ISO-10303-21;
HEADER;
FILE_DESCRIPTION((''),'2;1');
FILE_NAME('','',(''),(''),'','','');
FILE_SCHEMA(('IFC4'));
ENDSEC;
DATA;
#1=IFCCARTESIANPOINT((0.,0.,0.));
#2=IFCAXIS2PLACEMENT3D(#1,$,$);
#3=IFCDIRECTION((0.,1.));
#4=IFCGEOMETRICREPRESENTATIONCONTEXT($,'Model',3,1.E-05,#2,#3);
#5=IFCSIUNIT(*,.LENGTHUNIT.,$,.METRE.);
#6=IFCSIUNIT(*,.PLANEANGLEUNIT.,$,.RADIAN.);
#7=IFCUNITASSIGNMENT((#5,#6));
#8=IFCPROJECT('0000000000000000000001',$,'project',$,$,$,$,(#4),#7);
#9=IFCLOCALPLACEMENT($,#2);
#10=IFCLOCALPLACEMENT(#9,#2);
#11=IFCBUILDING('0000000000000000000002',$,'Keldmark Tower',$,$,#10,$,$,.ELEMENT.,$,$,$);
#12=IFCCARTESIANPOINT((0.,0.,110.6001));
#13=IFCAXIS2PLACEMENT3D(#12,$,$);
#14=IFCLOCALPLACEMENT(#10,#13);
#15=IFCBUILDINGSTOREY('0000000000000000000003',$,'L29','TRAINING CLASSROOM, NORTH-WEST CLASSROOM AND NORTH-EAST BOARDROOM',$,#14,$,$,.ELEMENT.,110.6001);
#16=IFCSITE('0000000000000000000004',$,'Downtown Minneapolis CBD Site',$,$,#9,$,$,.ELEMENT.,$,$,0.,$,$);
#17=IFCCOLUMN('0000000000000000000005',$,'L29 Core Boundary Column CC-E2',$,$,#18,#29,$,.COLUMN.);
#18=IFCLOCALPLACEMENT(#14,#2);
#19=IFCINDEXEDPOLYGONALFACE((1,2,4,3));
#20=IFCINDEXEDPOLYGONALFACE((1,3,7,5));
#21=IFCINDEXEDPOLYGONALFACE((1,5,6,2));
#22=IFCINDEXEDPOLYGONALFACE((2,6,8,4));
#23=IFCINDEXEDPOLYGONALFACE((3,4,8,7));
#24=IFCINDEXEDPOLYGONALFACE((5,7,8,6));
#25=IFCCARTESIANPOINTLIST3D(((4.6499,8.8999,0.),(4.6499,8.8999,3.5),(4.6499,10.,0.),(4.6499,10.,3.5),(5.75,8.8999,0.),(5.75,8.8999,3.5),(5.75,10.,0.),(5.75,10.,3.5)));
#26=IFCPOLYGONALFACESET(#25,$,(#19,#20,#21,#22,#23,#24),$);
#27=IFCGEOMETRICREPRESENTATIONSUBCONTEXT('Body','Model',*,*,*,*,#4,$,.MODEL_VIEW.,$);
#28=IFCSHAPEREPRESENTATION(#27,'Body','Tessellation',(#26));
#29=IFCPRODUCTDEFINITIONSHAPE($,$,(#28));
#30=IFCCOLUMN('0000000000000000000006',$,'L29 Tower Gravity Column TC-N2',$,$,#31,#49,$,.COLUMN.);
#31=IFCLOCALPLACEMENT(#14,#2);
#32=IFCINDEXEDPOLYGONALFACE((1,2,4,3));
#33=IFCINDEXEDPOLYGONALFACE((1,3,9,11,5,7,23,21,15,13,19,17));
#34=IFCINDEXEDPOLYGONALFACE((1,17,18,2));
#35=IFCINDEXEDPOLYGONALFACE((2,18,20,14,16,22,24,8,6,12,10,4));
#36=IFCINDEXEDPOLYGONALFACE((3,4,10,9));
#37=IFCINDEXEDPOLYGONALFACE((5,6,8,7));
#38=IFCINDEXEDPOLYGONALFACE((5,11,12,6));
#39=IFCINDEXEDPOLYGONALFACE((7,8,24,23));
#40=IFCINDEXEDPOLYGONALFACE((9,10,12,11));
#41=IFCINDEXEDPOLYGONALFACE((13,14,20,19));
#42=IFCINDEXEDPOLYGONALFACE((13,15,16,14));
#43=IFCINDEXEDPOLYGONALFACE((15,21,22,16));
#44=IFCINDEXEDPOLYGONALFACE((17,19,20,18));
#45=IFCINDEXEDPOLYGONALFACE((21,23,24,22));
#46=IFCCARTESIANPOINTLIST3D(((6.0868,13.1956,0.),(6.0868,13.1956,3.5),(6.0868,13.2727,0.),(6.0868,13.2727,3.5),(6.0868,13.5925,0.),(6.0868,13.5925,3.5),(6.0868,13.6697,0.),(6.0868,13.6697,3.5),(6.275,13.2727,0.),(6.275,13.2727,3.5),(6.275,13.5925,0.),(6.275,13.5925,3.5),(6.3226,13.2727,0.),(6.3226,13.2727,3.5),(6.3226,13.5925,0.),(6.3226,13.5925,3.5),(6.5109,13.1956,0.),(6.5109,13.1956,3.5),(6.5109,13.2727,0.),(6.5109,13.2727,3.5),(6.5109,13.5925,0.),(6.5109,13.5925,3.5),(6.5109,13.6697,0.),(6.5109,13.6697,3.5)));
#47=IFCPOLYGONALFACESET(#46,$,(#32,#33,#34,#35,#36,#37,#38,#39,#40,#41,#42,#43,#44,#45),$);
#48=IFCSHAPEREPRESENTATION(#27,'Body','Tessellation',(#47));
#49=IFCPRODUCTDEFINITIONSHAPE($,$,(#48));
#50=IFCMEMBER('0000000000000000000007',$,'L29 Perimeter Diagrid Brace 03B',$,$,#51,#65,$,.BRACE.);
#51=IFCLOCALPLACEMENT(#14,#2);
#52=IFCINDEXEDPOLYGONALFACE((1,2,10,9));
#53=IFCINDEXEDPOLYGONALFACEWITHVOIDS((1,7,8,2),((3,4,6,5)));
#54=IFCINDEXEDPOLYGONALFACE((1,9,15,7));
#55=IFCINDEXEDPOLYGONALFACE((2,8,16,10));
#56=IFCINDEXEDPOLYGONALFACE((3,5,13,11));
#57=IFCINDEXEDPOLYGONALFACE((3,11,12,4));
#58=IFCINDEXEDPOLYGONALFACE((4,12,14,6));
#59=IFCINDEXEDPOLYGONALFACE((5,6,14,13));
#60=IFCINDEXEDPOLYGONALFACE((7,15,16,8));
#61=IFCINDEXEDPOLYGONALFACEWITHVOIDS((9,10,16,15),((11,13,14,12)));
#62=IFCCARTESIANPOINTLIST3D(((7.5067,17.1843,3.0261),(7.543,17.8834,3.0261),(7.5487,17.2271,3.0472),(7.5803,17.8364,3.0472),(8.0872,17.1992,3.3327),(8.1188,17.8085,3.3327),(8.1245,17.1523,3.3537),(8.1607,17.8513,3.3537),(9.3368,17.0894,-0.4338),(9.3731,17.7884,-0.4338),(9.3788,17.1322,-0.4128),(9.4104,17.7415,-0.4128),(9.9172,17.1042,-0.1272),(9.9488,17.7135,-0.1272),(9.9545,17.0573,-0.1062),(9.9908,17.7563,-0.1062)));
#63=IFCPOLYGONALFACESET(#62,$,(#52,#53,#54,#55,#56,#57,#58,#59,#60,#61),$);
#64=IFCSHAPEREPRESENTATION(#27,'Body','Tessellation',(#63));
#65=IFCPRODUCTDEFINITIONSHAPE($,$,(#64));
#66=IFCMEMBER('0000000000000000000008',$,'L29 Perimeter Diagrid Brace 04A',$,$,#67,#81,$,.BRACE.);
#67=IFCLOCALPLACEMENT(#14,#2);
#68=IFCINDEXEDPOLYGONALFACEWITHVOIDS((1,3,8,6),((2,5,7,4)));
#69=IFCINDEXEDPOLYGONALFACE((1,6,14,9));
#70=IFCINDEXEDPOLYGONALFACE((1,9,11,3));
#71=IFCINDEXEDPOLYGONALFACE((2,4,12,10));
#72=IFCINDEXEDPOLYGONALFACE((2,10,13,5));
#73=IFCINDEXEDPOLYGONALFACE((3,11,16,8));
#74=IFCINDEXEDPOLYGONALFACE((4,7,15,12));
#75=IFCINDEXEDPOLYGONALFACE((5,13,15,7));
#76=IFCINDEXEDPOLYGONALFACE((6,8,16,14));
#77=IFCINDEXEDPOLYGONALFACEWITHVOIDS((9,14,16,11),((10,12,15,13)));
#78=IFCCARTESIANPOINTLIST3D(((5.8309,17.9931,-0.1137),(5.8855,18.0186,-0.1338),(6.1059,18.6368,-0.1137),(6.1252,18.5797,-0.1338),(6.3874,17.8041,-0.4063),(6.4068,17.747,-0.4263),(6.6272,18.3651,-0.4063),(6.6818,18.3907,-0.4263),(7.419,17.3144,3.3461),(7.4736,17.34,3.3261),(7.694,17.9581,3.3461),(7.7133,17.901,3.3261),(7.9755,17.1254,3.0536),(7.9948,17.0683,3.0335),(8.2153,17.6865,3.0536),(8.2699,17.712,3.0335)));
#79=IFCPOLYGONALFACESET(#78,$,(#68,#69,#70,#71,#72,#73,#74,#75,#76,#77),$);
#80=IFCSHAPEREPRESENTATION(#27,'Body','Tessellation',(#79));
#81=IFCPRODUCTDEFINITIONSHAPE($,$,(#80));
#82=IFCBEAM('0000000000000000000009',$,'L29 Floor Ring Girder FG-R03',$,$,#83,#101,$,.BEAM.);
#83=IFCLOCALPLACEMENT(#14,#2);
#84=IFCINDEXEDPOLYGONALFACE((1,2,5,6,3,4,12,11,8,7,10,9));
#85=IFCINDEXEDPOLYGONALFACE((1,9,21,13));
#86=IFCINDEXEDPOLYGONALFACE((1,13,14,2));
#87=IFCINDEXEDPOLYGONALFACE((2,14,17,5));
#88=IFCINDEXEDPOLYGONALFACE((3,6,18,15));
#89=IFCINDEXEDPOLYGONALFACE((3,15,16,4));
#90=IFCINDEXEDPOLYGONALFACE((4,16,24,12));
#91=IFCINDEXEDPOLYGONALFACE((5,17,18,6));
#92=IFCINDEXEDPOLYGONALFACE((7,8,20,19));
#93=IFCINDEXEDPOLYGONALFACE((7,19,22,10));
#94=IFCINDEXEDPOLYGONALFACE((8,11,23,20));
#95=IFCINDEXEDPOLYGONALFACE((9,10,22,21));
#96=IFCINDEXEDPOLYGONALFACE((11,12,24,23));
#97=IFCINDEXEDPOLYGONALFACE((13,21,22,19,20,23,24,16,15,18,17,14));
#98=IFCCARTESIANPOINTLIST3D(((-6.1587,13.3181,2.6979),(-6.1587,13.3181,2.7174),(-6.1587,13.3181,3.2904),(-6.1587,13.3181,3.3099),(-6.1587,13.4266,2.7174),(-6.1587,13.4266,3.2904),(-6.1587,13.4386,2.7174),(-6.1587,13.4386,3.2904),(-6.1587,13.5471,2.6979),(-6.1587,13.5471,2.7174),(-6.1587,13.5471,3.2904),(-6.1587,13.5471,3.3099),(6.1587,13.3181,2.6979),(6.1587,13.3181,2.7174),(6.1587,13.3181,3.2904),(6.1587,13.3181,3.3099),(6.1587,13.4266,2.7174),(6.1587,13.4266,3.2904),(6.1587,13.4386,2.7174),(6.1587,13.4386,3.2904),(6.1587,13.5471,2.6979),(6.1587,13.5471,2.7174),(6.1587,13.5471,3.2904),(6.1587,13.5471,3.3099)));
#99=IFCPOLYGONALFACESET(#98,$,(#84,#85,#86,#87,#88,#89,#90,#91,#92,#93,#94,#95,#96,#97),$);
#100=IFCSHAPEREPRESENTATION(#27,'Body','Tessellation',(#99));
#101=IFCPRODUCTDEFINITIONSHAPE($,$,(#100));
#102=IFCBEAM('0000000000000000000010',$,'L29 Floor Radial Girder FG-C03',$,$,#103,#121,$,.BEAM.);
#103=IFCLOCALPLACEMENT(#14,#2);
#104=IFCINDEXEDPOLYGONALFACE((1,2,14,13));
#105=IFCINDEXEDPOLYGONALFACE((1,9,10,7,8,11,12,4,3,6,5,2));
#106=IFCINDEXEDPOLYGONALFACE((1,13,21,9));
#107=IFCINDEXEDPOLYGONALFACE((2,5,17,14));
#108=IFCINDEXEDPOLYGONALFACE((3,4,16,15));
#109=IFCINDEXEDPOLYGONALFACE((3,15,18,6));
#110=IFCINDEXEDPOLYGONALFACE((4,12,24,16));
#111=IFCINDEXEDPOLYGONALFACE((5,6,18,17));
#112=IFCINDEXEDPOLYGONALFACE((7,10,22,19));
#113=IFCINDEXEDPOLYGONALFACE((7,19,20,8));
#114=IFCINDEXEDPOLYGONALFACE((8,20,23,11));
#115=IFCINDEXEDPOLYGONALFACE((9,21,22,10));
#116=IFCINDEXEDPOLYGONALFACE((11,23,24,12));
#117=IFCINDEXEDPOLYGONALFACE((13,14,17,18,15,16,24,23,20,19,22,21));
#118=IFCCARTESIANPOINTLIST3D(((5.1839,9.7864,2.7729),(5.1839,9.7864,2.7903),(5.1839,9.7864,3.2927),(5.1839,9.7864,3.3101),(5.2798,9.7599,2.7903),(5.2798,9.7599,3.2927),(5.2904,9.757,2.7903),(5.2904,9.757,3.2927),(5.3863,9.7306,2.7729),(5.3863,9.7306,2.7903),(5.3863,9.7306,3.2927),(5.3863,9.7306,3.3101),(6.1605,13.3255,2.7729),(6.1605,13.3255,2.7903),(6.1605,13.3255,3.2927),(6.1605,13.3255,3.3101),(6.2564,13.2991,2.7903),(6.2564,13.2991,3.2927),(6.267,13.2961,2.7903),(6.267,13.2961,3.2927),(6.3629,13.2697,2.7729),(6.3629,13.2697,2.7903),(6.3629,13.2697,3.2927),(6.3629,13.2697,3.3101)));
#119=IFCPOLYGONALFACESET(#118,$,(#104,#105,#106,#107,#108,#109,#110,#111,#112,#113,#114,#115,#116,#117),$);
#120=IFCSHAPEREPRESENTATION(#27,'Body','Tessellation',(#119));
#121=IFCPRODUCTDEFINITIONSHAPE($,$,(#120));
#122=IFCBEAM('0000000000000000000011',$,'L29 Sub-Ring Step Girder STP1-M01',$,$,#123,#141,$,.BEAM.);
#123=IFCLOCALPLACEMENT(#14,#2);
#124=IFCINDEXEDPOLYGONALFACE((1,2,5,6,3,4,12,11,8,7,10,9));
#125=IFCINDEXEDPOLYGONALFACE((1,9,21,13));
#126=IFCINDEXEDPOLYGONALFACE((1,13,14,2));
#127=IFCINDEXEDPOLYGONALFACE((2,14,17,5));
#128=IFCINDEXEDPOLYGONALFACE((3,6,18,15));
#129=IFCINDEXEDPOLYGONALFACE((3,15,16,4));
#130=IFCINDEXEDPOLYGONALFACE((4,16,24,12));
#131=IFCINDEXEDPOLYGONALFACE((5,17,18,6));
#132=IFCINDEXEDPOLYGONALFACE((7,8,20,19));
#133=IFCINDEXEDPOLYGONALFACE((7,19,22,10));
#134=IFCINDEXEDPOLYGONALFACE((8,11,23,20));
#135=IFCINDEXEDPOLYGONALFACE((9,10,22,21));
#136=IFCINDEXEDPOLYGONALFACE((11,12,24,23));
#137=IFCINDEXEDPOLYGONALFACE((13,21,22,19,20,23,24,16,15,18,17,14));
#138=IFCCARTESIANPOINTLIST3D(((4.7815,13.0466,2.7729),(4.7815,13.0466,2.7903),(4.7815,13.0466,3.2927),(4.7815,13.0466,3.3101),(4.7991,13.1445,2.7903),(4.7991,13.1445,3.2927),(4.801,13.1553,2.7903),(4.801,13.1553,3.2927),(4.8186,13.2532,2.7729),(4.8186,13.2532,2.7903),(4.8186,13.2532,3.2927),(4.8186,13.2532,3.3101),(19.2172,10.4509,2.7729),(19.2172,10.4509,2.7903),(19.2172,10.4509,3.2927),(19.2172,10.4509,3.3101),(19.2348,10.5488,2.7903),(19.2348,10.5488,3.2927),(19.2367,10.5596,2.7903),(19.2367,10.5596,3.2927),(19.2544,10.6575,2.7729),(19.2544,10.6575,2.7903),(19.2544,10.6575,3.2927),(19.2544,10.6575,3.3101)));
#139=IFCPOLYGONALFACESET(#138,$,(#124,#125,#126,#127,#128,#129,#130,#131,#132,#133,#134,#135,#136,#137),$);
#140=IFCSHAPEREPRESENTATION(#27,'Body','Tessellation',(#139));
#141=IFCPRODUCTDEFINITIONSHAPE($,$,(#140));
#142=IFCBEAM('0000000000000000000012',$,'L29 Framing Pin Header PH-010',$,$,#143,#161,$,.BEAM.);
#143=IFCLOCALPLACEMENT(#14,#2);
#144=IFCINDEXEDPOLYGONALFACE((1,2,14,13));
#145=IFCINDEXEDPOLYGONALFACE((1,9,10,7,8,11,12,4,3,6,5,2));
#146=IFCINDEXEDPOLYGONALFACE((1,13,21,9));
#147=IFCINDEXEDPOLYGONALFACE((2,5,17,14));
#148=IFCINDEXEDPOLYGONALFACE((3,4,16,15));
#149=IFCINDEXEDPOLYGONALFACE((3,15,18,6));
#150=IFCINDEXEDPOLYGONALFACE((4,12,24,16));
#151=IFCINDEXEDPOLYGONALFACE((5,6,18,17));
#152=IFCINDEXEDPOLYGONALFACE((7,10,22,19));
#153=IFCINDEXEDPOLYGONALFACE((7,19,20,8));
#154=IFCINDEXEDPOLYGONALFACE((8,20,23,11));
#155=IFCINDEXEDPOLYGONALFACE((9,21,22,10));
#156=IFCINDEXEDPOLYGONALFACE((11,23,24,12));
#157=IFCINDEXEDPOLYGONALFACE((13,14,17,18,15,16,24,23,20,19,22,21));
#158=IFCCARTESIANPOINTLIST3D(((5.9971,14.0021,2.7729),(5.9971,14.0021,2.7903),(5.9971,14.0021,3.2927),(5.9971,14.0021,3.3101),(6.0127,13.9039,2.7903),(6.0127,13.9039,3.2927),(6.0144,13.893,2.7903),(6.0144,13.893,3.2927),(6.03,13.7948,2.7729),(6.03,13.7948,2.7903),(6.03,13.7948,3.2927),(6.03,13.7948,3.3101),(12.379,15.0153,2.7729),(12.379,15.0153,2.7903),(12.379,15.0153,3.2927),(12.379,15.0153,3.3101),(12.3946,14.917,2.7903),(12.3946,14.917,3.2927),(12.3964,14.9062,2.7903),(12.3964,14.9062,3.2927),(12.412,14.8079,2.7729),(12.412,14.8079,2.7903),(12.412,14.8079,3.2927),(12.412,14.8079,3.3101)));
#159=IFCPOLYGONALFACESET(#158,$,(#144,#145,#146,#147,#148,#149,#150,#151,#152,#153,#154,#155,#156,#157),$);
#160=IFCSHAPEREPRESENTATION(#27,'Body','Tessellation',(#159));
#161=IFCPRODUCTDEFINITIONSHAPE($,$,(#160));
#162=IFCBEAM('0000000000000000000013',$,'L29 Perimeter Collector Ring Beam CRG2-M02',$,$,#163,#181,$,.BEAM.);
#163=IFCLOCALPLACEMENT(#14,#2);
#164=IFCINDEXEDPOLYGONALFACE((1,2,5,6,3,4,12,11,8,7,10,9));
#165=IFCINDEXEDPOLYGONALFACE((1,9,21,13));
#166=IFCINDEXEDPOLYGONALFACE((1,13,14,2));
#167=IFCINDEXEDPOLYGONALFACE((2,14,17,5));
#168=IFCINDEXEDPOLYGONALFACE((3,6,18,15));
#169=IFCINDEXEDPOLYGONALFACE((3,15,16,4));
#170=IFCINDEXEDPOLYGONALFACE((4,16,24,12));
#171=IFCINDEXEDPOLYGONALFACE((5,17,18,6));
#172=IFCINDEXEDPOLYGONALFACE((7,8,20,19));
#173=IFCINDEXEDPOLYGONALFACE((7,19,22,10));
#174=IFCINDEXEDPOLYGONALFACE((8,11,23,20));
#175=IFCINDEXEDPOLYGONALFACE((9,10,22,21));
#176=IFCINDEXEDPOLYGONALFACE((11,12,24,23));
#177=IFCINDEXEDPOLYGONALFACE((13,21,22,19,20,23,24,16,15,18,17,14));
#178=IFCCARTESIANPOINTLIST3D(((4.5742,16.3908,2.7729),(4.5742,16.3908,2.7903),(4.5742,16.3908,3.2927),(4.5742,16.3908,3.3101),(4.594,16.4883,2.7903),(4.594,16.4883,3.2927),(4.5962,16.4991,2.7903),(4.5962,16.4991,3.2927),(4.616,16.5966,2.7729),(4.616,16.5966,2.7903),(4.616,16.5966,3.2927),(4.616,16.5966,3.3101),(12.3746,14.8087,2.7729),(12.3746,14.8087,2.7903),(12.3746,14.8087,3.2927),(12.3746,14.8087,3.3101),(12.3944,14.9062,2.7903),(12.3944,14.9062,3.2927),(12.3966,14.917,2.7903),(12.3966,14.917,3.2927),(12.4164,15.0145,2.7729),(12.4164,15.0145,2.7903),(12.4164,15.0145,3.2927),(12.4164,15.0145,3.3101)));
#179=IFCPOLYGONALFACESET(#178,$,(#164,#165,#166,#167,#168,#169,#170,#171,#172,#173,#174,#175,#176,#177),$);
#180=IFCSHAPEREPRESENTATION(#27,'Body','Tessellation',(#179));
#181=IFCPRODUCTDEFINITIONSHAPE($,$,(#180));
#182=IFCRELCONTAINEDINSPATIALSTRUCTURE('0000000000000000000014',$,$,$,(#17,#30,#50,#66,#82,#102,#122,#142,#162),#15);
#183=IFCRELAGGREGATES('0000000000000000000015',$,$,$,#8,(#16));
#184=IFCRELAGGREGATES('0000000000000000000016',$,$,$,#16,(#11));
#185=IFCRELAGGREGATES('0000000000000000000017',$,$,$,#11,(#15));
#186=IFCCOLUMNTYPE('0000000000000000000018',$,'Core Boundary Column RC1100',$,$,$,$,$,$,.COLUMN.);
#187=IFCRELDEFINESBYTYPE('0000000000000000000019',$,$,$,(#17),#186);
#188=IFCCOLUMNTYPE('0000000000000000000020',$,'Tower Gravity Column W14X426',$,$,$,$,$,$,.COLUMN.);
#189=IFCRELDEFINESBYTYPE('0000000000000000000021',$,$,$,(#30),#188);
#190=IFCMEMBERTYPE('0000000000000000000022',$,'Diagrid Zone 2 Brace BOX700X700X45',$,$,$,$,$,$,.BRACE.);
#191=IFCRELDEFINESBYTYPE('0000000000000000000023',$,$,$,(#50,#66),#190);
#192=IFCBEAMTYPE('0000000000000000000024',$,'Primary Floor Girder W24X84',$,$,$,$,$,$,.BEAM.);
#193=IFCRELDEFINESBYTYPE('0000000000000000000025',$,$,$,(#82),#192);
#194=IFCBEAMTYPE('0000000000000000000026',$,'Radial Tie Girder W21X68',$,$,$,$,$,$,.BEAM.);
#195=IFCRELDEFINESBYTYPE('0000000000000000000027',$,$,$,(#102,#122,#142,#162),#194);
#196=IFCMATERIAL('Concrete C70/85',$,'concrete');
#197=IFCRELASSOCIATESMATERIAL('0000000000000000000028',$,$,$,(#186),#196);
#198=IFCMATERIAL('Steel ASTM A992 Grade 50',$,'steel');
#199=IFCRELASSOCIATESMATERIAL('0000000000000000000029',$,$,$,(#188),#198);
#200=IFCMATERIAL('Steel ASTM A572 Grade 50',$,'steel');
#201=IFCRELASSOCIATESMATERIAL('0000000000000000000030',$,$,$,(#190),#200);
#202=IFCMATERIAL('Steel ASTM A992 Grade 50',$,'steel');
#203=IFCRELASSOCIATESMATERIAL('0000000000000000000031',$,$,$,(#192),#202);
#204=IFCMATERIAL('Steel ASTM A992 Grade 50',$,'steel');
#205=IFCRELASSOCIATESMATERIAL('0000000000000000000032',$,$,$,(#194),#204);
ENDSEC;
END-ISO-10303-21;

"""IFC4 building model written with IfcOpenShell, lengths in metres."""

from ifc_helpers import new_model, si_unit, direction, frame, origin, origin_2d, place, context, subcontext, project, spatial, rectangle, hollow_rectangle, i_section, extrude, material, material_profile, profile_set, type_object, element, save


model = new_model("IFC4")

# Units and contexts
model_context = context("Model", 3, precision=1e-05, world=origin(), true_north=direction((0.0, 1.0)))
body_context = subcontext(model_context, "Body", "Model", "MODEL_VIEW")
ifc_project = project(units=[si_unit("LENGTHUNIT", "METRE"), si_unit("PLANEANGLEUNIT", "RADIAN")], contexts=[model_context])

# Site, building, storey
site_placement = place(None, origin())
site = spatial("IfcSite", under=ifc_project, at=site_placement, Name="Downtown Minneapolis CBD Site", CompositionType="ELEMENT", RefElevation=0.0)
building_placement = place(site_placement, origin())
building = spatial("IfcBuilding", under=site, at=building_placement, Name="Keldmark Tower", CompositionType="ELEMENT")
storey_placement = place(building_placement, frame((0.0, 0.0, 110.6001)))
storey = spatial("IfcBuildingStorey", under=building, at=storey_placement, Name="L29", Description="TRAINING CLASSROOM, NORTH-WEST CLASSROOM AND NORTH-EAST BOARDROOM", CompositionType="ELEMENT", Elevation=110.6001)

# Columns
ifc_material_1 = material(Name="Concrete C70/85", Category="concrete")
ifc_material_profile_1 = material_profile(ifc_material_1, rectangle(XDim=1.1001, YDim=1.1001, at=origin_2d()), Name="RC1100X1100")
ifc_profile_set_1 = profile_set([ifc_material_profile_1], Name="Concrete C70/85")
column_type_1 = type_object("IfcColumnType", Name="Core Boundary Column RC1100", PredefinedType="COLUMN", material=ifc_profile_set_1)
column_1_placement = place(storey_placement, frame((5.2, 9.45, 0.0), z_axis=(0.0, 0.0, 1.0), x_axis=(1.0, 0.0, 0.0)))
element("IfcColumn", 1, at=column_1_placement, inside=storey, type_object=column_type_1, Name="L29 Core Boundary Column CC-E2", PredefinedType="COLUMN", context=body_context, shape_type="SweptSolid", body=[
    extrude(rectangle(XDim=1.1001, YDim=1.1001, at=origin_2d()), origin(), (0.0, 0.0, 1.0), 3.5),
])
ifc_material_2 = material(Name="Steel ASTM A992 Grade 50", Category="steel")
ifc_material_profile_2 = material_profile(ifc_material_2, i_section(OverallWidth=0.4241, OverallDepth=0.4741, WebThickness=0.0476, FlangeThickness=0.0771, at=origin_2d()), Name="W14X426")
ifc_profile_set_2 = profile_set([ifc_material_profile_2], Name="Steel ASTM A992 Grade 50")
column_type_2 = type_object("IfcColumnType", Name="Tower Gravity Column W14X426", PredefinedType="COLUMN", material=ifc_profile_set_2)
column_2_placement = place(storey_placement, frame((6.2988, 13.4326, 0.0), z_axis=(0.0, 0.0, 1.0), x_axis=(1.0, 0.0, 0.0)))
element("IfcColumn", 2, at=column_2_placement, inside=storey, type_object=column_type_2, Name="L29 Tower Gravity Column TC-N2", PredefinedType="COLUMN", context=body_context, shape_type="SweptSolid", body=[
    extrude(i_section(OverallWidth=0.4241, OverallDepth=0.4741, WebThickness=0.0476, FlangeThickness=0.0771, at=origin_2d()), origin(), (0.0, 0.0, 1.0), 3.5),
])

# Members
ifc_material_3 = material(Name="Steel ASTM A572 Grade 50", Category="steel")
ifc_material_profile_3 = material_profile(ifc_material_3, hollow_rectangle(XDim=0.7, YDim=0.7, WallThickness=0.0449, at=origin_2d()), Name="BOX700X700X45")
ifc_profile_set_3 = profile_set([ifc_material_profile_3], Name="Steel ASTM A572 Grade 50")
member_type = type_object("IfcMemberType", Name="Diagrid Zone 2 Brace BOX700X700X45", PredefinedType="BRACE", material=ifc_profile_set_3)
member_1_placement = place(storey_placement, frame((9.6638, 17.4229, -0.27), z_axis=(-0.467418, 0.024256, 0.883704), x_axis=(-0.051825, -0.998656, 0.0)))
element("IfcMember", 3, at=member_1_placement, inside=storey, type_object=member_type, Name="L29 Perimeter Diagrid Brace 03B", PredefinedType="BRACE", context=body_context, shape_type="SweptSolid", body=[
    extrude(hollow_rectangle(XDim=0.7, YDim=0.7, WallThickness=0.0449, at=origin_2d()), origin(), (0.0, 0.0, 1.0), 3.9153),
])
member_2_placement = place(storey_placement, frame((6.2563, 18.1919, -0.27), z_axis=(0.410683, -0.175511, 0.894727), x_axis=(0.392981, 0.919547, 0.0)))
element("IfcMember", 4, at=member_2_placement, inside=storey, type_object=member_type, Name="L29 Perimeter Diagrid Brace 04A", PredefinedType="BRACE", context=body_context, shape_type="SweptSolid", body=[
    extrude(hollow_rectangle(XDim=0.7, YDim=0.7, WallThickness=0.0449, at=origin_2d()), origin(), (0.0, 0.0, 1.0), 3.8669),
])

# Beams
ifc_material_4 = material(Name="Steel ASTM A992 Grade 50", Category="steel")
ifc_material_profile_4 = material_profile(ifc_material_4, i_section(OverallWidth=0.229, OverallDepth=0.6121, WebThickness=0.012, FlangeThickness=0.0195, at=origin_2d()), Name="W24X84")
ifc_profile_set_4 = profile_set([ifc_material_profile_4], Name="Steel ASTM A992 Grade 50")
beam_type_1 = type_object("IfcBeamType", Name="Primary Floor Girder W24X84", PredefinedType="BEAM", material=ifc_profile_set_4)
beam_1_placement = place(storey_placement, frame((6.1587, 13.4326, 3.0039), z_axis=(-1.0, 0.0, 0.0), x_axis=(0.0, -1.0, 0.0)))
element("IfcBeam", 5, at=beam_1_placement, inside=storey, type_object=beam_type_1, Name="L29 Floor Ring Girder FG-R03", PredefinedType="BEAM", context=body_context, shape_type="SweptSolid", body=[
    extrude(i_section(OverallWidth=0.229, OverallDepth=0.6121, WebThickness=0.012, FlangeThickness=0.0195, at=origin_2d()), origin(), (0.0, 0.0, 1.0), 12.3174),
])
ifc_material_5 = material(Name="Steel ASTM A992 Grade 50", Category="steel")
ifc_material_profile_5 = material_profile(ifc_material_5, i_section(OverallWidth=0.21, OverallDepth=0.5371, WebThickness=0.011, FlangeThickness=0.0173, at=origin_2d()), Name="W21X68")
ifc_profile_set_5 = profile_set([ifc_material_profile_5], Name="Steel ASTM A992 Grade 50")
beam_type_2 = type_object("IfcBeamType", Name="Radial Tie Girder W21X68", PredefinedType="BEAM", material=ifc_profile_set_5)
beam_2_placement = place(storey_placement, frame((6.2617, 13.2976, 3.0415), z_axis=(-0.265997, -0.963974, 0.0), x_axis=(0.963974, -0.265997, 0.0)))
element("IfcBeam", 6, at=beam_2_placement, inside=storey, type_object=beam_type_2, Name="L29 Floor Radial Girder FG-C03", PredefinedType="BEAM", context=body_context, shape_type="SweptSolid", body=[
    extrude(i_section(OverallWidth=0.21, OverallDepth=0.5371, WebThickness=0.011, FlangeThickness=0.0173, at=origin_2d()), origin(), (0.0, 0.0, 1.0), 3.6714),
])
beam_3_placement = place(storey_placement, frame((4.8, 13.1499, 3.0415), z_axis=(0.984216, -0.176972, 0.0), x_axis=(0.176972, 0.984216, 0.0)))
element("IfcBeam", 7, at=beam_3_placement, inside=storey, type_object=beam_type_2, Name="L29 Sub-Ring Step Girder STP1-M01", PredefinedType="BEAM", context=body_context, shape_type="SweptSolid", body=[
    extrude(i_section(OverallWidth=0.21, OverallDepth=0.5371, WebThickness=0.011, FlangeThickness=0.0173, at=origin_2d()), origin(), (0.0, 0.0, 1.0), 14.6672),
])
beam_4_placement = place(storey_placement, frame((12.3955, 14.9116, 3.0415), z_axis=(-0.987632, -0.156791, 0.0), x_axis=(0.156791, -0.987632, 0.0)))
element("IfcBeam", 8, at=beam_4_placement, inside=storey, type_object=beam_type_2, Name="L29 Framing Pin Header PH-010", PredefinedType="BEAM", context=body_context, shape_type="SweptSolid", body=[
    extrude(i_section(OverallWidth=0.21, OverallDepth=0.5371, WebThickness=0.011, FlangeThickness=0.0173, at=origin_2d()), origin(), (0.0, 0.0, 1.0), 6.4619),
])
beam_5_placement = place(storey_placement, frame((12.3955, 14.9116, 3.0415), z_axis=(-0.980046, 0.19877, 0.0), x_axis=(-0.19877, -0.980046, 0.0)))
element("IfcBeam", 9, at=beam_5_placement, inside=storey, type_object=beam_type_2, Name="L29 Perimeter Collector Ring Beam CRG2-M02", PredefinedType="BEAM", context=body_context, shape_type="SweptSolid", body=[
    extrude(i_section(OverallWidth=0.21, OverallDepth=0.5371, WebThickness=0.011, FlangeThickness=0.0173, at=origin_2d()), origin(), (0.0, 0.0, 1.0), 7.9592),
])

save(model, "model.ifc")
